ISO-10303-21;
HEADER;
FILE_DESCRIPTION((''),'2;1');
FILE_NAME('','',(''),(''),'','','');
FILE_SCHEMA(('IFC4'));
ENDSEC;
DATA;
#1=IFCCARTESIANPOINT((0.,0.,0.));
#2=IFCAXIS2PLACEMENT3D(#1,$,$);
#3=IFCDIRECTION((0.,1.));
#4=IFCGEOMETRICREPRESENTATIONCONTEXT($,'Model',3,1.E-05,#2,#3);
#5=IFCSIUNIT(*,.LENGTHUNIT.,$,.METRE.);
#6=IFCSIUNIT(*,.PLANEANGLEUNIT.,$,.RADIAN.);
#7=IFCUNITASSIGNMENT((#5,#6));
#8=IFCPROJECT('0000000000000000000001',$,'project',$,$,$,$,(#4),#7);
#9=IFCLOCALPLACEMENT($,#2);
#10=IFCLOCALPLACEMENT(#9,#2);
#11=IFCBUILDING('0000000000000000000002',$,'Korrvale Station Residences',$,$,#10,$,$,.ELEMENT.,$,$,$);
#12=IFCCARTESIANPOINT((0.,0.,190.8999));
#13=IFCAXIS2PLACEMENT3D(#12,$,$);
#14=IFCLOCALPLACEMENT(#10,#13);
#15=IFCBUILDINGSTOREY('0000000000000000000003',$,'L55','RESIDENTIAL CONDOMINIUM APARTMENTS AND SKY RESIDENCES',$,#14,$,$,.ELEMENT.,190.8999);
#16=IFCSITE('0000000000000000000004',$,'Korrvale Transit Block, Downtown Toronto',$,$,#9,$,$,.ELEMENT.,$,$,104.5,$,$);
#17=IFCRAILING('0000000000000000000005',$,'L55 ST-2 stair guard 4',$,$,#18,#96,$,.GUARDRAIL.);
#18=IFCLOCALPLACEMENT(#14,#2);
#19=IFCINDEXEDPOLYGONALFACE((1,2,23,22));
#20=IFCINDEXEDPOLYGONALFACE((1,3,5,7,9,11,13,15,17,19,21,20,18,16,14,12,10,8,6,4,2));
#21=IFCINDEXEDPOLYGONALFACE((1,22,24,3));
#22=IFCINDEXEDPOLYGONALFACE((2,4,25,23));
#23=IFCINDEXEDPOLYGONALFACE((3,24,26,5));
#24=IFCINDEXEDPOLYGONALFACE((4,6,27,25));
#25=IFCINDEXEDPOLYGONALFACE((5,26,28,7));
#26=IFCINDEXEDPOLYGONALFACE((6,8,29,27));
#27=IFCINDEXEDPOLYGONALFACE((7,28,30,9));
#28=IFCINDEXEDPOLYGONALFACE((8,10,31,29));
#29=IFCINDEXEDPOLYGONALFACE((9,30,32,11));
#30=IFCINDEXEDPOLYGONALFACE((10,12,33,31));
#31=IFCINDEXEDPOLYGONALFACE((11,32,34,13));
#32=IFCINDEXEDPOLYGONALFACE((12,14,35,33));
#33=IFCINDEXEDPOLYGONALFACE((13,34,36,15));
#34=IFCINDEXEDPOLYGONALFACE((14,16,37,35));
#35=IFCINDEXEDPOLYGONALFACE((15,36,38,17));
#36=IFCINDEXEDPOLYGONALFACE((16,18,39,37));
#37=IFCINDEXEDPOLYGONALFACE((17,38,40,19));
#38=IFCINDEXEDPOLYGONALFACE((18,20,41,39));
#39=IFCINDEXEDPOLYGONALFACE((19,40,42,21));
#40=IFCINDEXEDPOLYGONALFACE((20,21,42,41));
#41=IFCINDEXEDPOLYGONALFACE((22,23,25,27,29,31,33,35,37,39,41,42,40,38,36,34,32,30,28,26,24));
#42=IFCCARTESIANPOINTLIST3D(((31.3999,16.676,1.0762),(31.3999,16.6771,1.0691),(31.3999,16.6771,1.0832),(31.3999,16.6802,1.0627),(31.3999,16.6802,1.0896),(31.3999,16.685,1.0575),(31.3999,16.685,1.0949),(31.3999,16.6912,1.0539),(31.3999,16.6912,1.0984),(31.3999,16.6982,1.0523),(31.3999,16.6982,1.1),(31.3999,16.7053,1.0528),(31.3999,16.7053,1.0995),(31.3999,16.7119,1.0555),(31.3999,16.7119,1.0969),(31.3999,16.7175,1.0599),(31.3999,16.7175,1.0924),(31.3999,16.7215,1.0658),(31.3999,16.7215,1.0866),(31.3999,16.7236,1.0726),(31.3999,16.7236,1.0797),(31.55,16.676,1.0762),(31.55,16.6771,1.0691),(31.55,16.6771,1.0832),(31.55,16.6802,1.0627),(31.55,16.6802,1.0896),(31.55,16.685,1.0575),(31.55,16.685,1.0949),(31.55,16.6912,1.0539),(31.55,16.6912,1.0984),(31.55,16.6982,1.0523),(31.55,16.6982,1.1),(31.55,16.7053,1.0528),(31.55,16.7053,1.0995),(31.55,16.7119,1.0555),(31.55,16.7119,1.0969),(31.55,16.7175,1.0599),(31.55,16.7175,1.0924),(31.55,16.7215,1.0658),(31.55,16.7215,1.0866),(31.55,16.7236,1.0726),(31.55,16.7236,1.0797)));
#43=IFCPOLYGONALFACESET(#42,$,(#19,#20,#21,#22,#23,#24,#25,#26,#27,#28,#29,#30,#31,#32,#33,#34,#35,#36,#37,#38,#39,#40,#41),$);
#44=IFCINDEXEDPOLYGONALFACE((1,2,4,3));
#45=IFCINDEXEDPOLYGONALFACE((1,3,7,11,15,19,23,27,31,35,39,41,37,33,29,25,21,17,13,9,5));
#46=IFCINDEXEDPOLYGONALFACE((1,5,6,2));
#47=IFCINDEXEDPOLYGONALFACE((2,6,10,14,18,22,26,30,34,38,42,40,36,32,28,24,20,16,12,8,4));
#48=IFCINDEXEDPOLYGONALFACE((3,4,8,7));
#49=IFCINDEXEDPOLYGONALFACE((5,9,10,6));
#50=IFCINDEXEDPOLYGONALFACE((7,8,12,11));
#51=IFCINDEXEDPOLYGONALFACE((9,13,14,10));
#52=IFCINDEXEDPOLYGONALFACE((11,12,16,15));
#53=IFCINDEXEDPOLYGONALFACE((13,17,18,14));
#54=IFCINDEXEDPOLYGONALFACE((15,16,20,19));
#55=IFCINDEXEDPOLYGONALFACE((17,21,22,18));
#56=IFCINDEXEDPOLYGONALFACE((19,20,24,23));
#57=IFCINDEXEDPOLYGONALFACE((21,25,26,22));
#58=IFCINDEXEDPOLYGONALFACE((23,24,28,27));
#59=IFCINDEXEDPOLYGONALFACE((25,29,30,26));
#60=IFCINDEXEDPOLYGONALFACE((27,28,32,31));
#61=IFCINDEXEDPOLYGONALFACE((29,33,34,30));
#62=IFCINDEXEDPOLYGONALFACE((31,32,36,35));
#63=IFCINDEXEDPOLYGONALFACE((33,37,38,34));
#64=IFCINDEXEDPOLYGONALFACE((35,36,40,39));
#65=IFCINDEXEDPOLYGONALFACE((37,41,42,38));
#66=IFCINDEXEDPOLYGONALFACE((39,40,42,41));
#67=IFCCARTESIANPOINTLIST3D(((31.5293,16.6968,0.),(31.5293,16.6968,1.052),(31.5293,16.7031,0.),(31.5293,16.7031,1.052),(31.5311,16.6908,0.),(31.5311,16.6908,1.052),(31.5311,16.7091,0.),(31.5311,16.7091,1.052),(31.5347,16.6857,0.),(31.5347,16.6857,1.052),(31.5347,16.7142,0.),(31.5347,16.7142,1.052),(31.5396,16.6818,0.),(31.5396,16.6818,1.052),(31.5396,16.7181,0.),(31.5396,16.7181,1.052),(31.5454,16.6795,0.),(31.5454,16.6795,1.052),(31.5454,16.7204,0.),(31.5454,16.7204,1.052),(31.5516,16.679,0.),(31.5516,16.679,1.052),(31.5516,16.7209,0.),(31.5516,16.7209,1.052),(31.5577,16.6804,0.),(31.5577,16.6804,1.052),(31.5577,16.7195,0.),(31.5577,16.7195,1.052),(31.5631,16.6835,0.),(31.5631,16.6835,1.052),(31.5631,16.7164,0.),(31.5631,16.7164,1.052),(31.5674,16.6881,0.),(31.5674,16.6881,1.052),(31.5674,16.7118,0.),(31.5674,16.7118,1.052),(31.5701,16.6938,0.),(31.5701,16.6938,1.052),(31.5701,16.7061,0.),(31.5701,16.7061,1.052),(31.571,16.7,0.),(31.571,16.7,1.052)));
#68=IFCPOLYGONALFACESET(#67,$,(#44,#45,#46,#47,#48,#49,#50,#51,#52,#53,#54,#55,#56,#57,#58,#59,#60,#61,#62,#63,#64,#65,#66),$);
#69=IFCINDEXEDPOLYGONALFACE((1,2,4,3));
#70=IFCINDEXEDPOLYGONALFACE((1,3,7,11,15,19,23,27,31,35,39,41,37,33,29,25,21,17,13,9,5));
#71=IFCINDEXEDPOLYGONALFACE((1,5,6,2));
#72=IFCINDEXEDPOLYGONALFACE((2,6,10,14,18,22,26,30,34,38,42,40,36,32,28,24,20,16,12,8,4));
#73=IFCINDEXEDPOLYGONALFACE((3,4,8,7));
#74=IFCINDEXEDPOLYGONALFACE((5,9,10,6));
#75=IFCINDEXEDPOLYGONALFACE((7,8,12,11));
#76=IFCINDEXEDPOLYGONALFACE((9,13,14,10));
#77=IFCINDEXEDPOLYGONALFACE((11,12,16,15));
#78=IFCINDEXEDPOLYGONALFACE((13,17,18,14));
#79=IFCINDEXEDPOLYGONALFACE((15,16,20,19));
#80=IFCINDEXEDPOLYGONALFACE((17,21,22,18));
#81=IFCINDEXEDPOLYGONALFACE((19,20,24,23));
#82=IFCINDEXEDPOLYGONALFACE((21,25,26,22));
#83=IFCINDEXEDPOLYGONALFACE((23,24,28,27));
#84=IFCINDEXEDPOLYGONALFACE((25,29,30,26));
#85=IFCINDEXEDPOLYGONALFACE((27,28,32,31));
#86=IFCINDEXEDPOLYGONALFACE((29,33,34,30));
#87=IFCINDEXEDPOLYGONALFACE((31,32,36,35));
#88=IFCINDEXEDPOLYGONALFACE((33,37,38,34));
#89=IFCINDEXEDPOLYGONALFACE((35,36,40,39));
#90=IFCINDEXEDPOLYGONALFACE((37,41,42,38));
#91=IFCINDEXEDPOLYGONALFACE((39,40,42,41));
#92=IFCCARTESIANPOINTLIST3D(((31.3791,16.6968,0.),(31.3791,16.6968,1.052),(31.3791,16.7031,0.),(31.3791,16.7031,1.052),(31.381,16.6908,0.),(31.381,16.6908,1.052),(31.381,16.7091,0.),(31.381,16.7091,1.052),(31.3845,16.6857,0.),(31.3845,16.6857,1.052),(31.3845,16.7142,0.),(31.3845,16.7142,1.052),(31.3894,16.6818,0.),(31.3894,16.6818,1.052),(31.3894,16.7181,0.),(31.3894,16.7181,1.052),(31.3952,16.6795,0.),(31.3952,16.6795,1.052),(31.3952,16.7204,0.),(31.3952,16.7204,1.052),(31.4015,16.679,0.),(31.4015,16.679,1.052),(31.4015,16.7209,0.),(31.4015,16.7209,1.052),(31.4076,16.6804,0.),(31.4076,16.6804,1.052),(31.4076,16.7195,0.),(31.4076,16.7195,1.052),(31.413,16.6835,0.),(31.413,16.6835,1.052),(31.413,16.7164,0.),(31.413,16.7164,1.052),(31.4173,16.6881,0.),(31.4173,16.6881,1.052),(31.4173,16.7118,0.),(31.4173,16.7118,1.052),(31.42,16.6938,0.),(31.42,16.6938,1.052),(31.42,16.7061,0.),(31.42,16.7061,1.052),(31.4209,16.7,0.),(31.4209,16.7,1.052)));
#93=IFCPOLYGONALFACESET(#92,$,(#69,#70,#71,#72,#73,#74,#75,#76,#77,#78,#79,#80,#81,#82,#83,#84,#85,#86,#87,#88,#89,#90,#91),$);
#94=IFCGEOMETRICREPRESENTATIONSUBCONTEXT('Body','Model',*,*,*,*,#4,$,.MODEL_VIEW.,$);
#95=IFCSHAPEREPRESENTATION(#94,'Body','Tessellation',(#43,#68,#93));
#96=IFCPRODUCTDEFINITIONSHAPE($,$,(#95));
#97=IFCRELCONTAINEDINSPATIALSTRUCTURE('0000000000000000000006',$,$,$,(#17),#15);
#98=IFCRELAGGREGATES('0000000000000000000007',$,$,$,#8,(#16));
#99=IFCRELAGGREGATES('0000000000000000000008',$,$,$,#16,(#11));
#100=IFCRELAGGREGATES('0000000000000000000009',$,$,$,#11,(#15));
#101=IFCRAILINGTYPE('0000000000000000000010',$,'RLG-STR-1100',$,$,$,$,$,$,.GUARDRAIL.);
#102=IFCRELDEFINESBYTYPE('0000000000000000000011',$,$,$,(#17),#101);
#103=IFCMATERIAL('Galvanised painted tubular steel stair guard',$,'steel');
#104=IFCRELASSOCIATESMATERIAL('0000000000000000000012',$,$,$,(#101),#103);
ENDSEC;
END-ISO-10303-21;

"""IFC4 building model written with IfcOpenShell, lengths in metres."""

from ifc_helpers import new_model, si_unit, direction, frame, origin, origin_2d, place, context, subcontext, project, spatial, circle, extrude, material, type_object, element, save


model = new_model("IFC4")

# Units and contexts
model_context = context("Model", 3, precision=1e-05, world=origin(), true_north=direction((0.0, 1.0)))
body_context = subcontext(model_context, "Body", "Model", "MODEL_VIEW")
ifc_project = project(units=[si_unit("LENGTHUNIT", "METRE"), si_unit("PLANEANGLEUNIT", "RADIAN")], contexts=[model_context])

# Site, building, storey
site_placement = place(None, origin())
site = spatial("IfcSite", under=ifc_project, at=site_placement, Name="Korrvale Transit Block, Downtown Toronto", CompositionType="ELEMENT", RefElevation=104.5)
building_placement = place(site_placement, origin())
building = spatial("IfcBuilding", under=site, at=building_placement, Name="Korrvale Station Residences", CompositionType="ELEMENT")
storey_placement = place(building_placement, frame((0.0, 0.0, 190.8999)))
storey = spatial("IfcBuildingStorey", under=building, at=storey_placement, Name="L55", Description="RESIDENTIAL CONDOMINIUM APARTMENTS AND SKY RESIDENCES", CompositionType="ELEMENT", Elevation=190.8999)

# Railing
ifc_material_1 = material(Name="Galvanised painted tubular steel stair guard", Category="steel")
railing_type_1 = type_object("IfcRailingType", Name="RLG-STR-1100", PredefinedType="GUARDRAIL", material=ifc_material_1)
railing_1_placement = place(storey_placement, frame((31.55, 16.7, 0.0)))
element("IfcRailing", 1, at=railing_1_placement, inside=storey, type_object=railing_type_1, Name="L55 ST-2 stair guard 4", PredefinedType="GUARDRAIL", context=body_context, shape_type="SweptSolid", body=[
    extrude(circle(Radius=0.0239, at=origin_2d()), frame((0.0, 0.0, 1.0762), z_axis=(-1.0, 0.0, 0.0), x_axis=(0.0, -1.0, 0.0)), (0.0, 0.0, 1.0), 0.1501),
    extrude(circle(Radius=0.021, at=origin_2d()), origin(), (0.0, 0.0, 1.0), 1.052),
    extrude(circle(Radius=0.021, at=origin_2d()), frame((-0.1501, 0.0, 0.0)), (0.0, 0.0, 1.0), 1.052),
])

save(model, "model.ifc")
